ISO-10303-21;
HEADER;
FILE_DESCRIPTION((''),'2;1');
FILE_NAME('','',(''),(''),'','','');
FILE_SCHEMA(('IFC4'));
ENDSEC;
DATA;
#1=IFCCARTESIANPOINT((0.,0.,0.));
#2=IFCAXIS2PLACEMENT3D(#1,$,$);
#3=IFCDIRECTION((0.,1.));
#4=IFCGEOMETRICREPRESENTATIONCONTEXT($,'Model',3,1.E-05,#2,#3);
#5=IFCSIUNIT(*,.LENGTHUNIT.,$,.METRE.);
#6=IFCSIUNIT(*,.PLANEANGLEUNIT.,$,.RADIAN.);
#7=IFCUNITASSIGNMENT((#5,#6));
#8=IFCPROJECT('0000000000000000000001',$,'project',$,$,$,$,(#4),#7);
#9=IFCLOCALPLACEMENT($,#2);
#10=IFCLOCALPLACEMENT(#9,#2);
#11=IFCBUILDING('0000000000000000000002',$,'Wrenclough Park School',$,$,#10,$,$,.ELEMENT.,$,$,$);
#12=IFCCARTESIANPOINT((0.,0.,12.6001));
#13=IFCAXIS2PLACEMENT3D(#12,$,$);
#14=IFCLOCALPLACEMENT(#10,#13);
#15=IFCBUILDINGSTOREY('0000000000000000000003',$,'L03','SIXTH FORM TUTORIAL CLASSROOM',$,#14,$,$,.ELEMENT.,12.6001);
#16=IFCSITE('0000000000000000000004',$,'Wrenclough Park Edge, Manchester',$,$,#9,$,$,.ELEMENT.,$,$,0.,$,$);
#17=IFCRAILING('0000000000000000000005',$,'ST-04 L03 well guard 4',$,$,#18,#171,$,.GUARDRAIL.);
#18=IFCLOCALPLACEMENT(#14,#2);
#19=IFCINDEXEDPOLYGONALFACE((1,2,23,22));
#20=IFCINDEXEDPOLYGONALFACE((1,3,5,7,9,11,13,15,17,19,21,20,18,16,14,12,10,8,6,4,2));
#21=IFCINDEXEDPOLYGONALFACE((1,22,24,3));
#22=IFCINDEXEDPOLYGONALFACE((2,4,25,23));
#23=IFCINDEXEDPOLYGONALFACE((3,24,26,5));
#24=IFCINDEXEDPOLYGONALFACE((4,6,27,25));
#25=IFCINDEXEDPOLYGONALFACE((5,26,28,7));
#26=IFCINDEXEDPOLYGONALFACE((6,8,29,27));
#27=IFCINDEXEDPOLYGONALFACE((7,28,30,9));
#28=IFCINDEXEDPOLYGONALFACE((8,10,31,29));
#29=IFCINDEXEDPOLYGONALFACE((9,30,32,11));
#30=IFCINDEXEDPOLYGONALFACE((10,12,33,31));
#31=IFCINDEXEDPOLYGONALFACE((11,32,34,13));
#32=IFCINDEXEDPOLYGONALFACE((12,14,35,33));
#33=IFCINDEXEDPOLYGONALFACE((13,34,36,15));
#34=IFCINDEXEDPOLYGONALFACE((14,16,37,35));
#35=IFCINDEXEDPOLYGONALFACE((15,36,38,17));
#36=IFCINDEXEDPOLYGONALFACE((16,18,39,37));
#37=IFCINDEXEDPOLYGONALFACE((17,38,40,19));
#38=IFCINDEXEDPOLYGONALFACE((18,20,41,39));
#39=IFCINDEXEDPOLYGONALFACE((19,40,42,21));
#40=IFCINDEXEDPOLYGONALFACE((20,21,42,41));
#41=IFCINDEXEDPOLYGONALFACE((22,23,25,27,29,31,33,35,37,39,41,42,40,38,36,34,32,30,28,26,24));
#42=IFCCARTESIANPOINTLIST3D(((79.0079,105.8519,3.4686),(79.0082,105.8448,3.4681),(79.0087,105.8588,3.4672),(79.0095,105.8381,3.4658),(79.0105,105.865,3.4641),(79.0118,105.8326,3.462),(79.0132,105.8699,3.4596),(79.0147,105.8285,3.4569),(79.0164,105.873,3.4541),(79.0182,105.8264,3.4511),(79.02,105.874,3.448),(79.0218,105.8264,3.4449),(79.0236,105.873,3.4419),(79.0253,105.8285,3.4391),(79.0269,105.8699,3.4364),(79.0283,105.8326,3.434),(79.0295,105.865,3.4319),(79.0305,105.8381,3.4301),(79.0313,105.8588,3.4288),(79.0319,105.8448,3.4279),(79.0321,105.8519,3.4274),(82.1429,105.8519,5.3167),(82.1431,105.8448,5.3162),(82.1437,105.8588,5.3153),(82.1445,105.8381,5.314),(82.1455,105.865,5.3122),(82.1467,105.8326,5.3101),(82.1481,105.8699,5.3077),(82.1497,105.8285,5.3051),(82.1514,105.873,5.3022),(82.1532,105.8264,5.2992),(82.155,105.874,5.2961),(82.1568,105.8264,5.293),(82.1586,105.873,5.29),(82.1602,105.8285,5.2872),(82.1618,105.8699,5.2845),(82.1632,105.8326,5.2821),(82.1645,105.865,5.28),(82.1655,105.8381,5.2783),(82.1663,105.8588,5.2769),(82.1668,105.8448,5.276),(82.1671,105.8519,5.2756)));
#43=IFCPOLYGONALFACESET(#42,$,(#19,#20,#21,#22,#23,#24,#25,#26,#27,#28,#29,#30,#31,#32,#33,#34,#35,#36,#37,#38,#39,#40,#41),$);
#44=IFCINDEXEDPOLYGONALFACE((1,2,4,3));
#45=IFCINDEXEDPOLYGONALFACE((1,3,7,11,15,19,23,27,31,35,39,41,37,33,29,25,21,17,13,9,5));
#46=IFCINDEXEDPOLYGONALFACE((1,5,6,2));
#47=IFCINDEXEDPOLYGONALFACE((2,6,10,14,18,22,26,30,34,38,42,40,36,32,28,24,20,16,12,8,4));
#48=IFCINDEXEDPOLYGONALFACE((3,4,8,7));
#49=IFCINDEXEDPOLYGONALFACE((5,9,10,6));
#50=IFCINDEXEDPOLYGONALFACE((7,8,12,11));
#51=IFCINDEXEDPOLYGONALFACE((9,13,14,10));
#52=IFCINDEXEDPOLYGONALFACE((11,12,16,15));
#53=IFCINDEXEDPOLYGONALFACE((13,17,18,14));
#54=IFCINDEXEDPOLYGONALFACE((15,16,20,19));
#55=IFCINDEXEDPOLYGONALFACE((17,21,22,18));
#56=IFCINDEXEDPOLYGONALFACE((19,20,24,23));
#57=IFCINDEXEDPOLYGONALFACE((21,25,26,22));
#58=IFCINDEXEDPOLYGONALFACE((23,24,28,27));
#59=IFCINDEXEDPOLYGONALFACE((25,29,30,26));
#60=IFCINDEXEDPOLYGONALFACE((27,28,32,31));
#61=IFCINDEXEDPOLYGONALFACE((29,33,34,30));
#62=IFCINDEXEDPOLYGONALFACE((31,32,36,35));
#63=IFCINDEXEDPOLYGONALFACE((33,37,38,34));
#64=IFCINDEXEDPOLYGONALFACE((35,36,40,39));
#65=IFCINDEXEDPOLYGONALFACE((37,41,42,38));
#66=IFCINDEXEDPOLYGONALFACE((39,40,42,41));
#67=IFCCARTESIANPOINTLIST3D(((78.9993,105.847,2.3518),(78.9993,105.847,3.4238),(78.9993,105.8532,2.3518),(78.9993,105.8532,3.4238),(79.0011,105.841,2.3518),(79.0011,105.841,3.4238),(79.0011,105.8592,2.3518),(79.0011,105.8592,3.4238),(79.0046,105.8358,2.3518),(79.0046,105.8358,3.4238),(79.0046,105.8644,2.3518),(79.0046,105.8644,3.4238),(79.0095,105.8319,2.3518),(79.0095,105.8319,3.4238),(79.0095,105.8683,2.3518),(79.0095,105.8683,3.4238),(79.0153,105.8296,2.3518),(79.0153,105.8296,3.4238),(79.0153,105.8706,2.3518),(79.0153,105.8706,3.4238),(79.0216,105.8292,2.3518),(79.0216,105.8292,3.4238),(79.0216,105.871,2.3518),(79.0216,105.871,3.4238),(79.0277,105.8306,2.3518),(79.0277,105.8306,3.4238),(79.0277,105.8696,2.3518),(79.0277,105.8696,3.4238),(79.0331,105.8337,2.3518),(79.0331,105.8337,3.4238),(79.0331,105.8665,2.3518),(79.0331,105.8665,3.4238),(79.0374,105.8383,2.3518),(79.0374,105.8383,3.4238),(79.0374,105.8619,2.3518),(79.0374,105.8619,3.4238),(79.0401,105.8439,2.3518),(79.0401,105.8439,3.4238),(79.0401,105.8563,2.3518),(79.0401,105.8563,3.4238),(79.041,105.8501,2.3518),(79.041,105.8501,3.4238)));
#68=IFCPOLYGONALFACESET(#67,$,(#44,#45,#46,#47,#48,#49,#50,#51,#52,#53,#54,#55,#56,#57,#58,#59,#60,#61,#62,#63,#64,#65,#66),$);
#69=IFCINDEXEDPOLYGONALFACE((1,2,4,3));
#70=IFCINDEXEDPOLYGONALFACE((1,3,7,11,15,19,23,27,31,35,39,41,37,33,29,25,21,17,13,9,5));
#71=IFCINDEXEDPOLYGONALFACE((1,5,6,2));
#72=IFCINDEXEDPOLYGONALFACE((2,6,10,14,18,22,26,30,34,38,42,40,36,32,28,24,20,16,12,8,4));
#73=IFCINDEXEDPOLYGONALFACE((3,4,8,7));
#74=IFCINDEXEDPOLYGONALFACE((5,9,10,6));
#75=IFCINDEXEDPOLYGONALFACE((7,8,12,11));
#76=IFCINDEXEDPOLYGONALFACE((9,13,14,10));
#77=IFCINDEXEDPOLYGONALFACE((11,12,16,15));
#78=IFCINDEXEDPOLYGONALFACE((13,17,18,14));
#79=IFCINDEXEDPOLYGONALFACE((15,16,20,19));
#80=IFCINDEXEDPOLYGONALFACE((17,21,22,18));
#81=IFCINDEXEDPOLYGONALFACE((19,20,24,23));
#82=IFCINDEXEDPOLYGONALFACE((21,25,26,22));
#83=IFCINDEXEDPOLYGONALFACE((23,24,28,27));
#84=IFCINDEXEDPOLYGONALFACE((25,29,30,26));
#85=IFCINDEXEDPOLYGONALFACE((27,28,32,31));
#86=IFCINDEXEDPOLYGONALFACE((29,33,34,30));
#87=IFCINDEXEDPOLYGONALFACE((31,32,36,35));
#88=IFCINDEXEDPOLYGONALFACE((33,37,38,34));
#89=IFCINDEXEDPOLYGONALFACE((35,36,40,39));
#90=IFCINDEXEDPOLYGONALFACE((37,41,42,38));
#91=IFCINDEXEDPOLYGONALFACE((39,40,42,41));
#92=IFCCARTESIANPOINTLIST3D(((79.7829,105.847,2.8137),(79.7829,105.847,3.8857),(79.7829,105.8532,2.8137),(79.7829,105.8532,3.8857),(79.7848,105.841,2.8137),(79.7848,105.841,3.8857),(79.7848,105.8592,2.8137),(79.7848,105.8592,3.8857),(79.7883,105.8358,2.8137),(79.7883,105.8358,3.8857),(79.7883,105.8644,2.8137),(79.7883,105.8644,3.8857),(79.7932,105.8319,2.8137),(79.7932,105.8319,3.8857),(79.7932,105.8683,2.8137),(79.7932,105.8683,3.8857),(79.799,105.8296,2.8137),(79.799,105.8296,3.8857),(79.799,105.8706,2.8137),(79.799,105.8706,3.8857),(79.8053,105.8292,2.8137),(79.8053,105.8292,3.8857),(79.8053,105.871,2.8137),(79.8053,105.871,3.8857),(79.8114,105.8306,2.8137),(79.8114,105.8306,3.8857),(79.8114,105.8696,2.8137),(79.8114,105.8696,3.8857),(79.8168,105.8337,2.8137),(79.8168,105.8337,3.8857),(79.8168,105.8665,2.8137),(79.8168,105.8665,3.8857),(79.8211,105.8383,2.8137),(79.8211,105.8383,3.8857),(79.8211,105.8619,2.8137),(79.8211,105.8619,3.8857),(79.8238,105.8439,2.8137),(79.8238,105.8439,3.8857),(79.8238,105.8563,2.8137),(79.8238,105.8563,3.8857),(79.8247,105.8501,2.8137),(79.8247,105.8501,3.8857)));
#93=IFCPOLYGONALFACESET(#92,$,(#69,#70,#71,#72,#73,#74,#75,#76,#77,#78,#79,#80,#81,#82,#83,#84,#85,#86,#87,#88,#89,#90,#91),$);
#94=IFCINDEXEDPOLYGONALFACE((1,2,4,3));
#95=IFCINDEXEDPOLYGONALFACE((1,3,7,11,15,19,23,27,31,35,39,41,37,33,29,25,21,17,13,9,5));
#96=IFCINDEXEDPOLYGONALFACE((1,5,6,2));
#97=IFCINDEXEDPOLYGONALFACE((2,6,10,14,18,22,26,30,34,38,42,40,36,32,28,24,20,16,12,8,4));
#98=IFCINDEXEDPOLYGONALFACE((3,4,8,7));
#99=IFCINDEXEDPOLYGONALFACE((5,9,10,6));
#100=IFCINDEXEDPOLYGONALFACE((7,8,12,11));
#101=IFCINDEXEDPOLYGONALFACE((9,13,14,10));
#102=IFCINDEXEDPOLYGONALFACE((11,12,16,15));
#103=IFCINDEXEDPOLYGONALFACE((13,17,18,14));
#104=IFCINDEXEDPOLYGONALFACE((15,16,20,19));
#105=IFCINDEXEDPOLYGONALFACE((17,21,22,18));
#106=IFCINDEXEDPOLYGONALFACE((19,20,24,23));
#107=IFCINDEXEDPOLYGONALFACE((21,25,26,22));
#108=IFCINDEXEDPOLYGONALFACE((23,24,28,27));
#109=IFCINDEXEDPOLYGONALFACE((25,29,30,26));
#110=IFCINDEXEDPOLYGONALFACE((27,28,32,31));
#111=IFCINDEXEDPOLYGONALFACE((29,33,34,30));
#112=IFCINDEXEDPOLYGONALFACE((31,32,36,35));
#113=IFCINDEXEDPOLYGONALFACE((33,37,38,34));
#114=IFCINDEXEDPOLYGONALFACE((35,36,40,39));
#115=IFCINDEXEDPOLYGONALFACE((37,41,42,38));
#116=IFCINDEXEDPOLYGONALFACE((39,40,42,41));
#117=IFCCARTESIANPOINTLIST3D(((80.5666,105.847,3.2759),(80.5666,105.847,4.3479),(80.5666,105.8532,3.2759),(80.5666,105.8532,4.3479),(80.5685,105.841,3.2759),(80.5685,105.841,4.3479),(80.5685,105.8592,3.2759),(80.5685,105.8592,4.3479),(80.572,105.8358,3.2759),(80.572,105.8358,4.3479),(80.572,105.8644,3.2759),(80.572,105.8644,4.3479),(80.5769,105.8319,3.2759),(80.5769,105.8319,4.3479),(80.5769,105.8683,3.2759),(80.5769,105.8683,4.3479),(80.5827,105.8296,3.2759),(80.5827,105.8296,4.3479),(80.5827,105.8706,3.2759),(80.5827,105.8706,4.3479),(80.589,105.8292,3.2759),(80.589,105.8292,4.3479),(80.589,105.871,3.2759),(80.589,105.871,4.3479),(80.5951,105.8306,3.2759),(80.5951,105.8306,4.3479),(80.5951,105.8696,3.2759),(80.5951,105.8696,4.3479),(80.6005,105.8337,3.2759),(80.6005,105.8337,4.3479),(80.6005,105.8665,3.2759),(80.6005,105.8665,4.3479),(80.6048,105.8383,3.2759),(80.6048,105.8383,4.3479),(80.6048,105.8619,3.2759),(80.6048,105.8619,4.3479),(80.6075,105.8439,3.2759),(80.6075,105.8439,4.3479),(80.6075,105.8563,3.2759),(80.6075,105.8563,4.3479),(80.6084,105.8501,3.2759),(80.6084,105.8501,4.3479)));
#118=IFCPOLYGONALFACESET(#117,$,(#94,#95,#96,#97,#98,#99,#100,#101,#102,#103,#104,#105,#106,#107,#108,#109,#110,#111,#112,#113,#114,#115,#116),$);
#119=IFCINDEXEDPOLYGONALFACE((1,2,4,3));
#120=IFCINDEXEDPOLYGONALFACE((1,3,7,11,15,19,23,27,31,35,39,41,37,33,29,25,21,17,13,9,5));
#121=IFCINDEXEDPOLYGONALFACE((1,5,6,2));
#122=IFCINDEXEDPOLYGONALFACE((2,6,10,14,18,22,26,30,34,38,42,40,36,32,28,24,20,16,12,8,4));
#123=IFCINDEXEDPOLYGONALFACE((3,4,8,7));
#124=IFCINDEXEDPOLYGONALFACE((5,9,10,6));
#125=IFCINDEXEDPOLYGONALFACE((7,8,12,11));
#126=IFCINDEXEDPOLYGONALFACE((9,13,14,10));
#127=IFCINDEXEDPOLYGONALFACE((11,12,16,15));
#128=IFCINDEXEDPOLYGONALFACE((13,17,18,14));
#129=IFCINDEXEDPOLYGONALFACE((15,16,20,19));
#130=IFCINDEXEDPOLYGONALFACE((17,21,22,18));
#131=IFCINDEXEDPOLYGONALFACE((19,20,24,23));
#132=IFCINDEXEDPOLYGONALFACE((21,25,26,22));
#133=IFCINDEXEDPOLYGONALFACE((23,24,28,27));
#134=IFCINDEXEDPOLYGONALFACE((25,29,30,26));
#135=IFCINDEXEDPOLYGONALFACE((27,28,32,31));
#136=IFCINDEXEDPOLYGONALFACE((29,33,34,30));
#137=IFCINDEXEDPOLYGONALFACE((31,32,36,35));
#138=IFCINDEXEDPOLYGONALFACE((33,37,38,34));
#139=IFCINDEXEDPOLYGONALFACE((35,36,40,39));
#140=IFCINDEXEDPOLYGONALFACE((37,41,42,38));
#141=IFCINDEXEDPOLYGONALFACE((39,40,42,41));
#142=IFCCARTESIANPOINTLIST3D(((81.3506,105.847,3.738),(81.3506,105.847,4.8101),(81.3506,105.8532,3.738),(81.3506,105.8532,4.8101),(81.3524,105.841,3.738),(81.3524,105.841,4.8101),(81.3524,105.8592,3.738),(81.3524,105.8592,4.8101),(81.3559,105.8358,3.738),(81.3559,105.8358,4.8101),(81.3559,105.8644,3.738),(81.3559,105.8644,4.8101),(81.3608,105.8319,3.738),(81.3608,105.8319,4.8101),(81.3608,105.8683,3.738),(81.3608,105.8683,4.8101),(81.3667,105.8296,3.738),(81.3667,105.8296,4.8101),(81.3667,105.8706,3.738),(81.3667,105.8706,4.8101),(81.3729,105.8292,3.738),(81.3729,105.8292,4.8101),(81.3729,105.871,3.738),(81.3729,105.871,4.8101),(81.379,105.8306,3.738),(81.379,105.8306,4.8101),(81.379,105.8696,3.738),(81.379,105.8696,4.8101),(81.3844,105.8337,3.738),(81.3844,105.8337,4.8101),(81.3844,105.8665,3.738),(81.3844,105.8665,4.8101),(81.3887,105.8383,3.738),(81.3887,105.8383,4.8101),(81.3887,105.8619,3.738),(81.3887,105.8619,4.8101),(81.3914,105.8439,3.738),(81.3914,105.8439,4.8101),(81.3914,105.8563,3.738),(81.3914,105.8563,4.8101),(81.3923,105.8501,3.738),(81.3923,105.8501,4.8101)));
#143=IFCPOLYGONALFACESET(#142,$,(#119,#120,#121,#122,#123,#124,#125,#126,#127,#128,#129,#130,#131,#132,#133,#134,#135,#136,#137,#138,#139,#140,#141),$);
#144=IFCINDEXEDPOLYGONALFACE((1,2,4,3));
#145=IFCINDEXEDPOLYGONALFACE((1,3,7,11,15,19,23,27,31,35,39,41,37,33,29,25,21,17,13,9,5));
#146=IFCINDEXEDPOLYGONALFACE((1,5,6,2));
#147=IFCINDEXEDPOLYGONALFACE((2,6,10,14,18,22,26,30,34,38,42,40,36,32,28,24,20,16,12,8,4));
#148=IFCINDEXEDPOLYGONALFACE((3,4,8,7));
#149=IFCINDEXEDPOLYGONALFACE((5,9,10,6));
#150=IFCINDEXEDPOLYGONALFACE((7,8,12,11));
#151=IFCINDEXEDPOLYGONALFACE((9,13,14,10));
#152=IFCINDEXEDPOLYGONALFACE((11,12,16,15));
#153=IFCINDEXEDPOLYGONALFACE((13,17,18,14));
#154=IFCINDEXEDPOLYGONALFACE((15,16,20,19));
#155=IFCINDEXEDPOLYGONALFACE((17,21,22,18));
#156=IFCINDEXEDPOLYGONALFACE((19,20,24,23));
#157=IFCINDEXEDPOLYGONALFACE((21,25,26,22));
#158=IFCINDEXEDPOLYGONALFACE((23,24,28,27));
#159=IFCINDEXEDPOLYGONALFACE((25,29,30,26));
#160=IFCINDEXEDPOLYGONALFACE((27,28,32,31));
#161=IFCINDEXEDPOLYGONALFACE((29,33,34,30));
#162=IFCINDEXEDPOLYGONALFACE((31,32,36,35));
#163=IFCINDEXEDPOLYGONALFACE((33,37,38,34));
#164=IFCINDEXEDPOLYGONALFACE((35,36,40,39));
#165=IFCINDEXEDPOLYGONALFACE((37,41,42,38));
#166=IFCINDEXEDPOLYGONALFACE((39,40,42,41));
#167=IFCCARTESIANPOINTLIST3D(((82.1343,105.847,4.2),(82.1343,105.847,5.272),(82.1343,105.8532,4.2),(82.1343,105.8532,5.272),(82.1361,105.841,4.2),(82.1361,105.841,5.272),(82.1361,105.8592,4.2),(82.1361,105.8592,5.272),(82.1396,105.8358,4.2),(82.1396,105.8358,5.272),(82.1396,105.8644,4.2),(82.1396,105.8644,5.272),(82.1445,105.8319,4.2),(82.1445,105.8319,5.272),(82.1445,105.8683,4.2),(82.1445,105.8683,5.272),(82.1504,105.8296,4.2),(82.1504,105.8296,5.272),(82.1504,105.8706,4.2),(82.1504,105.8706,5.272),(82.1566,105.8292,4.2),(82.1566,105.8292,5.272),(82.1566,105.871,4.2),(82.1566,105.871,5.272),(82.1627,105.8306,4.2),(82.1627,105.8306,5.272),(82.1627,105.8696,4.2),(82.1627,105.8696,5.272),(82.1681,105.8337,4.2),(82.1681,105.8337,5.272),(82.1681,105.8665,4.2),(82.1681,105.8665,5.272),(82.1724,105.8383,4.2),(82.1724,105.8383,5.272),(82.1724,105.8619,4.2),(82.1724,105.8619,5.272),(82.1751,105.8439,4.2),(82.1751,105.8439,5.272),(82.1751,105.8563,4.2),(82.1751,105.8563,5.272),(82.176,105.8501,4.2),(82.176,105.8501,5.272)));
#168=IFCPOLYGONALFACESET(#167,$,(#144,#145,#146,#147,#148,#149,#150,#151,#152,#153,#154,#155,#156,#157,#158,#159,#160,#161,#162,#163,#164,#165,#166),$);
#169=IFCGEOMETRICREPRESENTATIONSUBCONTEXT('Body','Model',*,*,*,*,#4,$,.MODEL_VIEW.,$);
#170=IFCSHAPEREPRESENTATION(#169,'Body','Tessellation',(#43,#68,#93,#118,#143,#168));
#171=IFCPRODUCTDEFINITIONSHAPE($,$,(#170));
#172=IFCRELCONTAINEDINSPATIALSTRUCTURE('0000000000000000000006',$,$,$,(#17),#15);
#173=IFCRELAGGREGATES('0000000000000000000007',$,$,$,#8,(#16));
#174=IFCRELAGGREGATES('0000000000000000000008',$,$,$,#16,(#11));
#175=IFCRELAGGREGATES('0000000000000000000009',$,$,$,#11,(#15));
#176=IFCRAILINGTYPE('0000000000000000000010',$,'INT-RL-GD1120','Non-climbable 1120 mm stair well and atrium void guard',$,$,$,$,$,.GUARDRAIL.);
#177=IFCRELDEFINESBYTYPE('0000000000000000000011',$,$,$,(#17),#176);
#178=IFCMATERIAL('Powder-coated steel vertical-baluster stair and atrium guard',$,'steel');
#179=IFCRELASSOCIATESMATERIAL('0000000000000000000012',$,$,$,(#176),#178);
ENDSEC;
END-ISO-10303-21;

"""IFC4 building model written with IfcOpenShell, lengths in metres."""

from ifc_helpers import new_model, si_unit, direction, frame, origin, origin_2d, place, context, subcontext, project, spatial, circle, extrude, material, type_object, element, save


model = new_model("IFC4")

# Units and contexts
model_context = context("Model", 3, precision=1e-05, world=origin(), true_north=direction((0.0, 1.0)))
body_context = subcontext(model_context, "Body", "Model", "MODEL_VIEW")
ifc_project = project(units=[si_unit("LENGTHUNIT", "METRE"), si_unit("PLANEANGLEUNIT", "RADIAN")], contexts=[model_context])

# Site, building, storey
site_placement = place(None, origin())
site = spatial("IfcSite", under=ifc_project, at=site_placement, Name="Wrenclough Park Edge, Manchester", CompositionType="ELEMENT", RefElevation=0.0)
building_placement = place(site_placement, origin())
building = spatial("IfcBuilding", under=site, at=building_placement, Name="Wrenclough Park School", CompositionType="ELEMENT")
storey_placement = place(building_placement, frame((0.0, 0.0, 12.6001)))
storey = spatial("IfcBuildingStorey", under=building, at=storey_placement, Name="L03", Description="SIXTH FORM TUTORIAL CLASSROOM", CompositionType="ELEMENT", Elevation=12.6001)

# Railing
ifc_material_1 = material(Name="Powder-coated steel vertical-baluster stair and atrium guard", Category="steel")
railing_type_1 = type_object("IfcRailingType", Name="INT-RL-GD1120", Description="Non-climbable 1120 mm stair well and atrium void guard", PredefinedType="GUARDRAIL", material=ifc_material_1)
railing_1_placement = place(storey_placement, frame((79.02, 105.8501, 2.3518)))
element("IfcRailing", 1, at=railing_1_placement, inside=storey, type_object=railing_type_1, Name="ST-04 L03 well guard 4", PredefinedType="GUARDRAIL", context=body_context, shape_type="SweptSolid", body=[
    extrude(circle(Radius=0.0239, at=origin_2d()), frame((0.0, 0.0, 1.0962), z_axis=(0.861451, 0.0, 0.507841), x_axis=(0.0, 1.0, 0.0)), (0.0, 0.0, 1.0), 3.6392),
    extrude(circle(Radius=0.021, at=origin_2d()), origin(), (0.0, 0.0, 1.0), 1.072),
    extrude(circle(Radius=0.021, at=origin_2d()), frame((0.7837, 0.0, 0.4619)), (0.0, 0.0, 1.0), 1.072),
    extrude(circle(Radius=0.021, at=origin_2d()), frame((1.5674, 0.0, 0.9241)), (0.0, 0.0, 1.0), 1.072),
    extrude(circle(Radius=0.021, at=origin_2d()), frame((2.3513, 0.0, 1.3862)), (0.0, 0.0, 1.0), 1.072),
    extrude(circle(Radius=0.021, at=origin_2d()), frame((3.135, 0.0, 1.8481)), (0.0, 0.0, 1.0), 1.072),
])

save(model, "model.ifc")
